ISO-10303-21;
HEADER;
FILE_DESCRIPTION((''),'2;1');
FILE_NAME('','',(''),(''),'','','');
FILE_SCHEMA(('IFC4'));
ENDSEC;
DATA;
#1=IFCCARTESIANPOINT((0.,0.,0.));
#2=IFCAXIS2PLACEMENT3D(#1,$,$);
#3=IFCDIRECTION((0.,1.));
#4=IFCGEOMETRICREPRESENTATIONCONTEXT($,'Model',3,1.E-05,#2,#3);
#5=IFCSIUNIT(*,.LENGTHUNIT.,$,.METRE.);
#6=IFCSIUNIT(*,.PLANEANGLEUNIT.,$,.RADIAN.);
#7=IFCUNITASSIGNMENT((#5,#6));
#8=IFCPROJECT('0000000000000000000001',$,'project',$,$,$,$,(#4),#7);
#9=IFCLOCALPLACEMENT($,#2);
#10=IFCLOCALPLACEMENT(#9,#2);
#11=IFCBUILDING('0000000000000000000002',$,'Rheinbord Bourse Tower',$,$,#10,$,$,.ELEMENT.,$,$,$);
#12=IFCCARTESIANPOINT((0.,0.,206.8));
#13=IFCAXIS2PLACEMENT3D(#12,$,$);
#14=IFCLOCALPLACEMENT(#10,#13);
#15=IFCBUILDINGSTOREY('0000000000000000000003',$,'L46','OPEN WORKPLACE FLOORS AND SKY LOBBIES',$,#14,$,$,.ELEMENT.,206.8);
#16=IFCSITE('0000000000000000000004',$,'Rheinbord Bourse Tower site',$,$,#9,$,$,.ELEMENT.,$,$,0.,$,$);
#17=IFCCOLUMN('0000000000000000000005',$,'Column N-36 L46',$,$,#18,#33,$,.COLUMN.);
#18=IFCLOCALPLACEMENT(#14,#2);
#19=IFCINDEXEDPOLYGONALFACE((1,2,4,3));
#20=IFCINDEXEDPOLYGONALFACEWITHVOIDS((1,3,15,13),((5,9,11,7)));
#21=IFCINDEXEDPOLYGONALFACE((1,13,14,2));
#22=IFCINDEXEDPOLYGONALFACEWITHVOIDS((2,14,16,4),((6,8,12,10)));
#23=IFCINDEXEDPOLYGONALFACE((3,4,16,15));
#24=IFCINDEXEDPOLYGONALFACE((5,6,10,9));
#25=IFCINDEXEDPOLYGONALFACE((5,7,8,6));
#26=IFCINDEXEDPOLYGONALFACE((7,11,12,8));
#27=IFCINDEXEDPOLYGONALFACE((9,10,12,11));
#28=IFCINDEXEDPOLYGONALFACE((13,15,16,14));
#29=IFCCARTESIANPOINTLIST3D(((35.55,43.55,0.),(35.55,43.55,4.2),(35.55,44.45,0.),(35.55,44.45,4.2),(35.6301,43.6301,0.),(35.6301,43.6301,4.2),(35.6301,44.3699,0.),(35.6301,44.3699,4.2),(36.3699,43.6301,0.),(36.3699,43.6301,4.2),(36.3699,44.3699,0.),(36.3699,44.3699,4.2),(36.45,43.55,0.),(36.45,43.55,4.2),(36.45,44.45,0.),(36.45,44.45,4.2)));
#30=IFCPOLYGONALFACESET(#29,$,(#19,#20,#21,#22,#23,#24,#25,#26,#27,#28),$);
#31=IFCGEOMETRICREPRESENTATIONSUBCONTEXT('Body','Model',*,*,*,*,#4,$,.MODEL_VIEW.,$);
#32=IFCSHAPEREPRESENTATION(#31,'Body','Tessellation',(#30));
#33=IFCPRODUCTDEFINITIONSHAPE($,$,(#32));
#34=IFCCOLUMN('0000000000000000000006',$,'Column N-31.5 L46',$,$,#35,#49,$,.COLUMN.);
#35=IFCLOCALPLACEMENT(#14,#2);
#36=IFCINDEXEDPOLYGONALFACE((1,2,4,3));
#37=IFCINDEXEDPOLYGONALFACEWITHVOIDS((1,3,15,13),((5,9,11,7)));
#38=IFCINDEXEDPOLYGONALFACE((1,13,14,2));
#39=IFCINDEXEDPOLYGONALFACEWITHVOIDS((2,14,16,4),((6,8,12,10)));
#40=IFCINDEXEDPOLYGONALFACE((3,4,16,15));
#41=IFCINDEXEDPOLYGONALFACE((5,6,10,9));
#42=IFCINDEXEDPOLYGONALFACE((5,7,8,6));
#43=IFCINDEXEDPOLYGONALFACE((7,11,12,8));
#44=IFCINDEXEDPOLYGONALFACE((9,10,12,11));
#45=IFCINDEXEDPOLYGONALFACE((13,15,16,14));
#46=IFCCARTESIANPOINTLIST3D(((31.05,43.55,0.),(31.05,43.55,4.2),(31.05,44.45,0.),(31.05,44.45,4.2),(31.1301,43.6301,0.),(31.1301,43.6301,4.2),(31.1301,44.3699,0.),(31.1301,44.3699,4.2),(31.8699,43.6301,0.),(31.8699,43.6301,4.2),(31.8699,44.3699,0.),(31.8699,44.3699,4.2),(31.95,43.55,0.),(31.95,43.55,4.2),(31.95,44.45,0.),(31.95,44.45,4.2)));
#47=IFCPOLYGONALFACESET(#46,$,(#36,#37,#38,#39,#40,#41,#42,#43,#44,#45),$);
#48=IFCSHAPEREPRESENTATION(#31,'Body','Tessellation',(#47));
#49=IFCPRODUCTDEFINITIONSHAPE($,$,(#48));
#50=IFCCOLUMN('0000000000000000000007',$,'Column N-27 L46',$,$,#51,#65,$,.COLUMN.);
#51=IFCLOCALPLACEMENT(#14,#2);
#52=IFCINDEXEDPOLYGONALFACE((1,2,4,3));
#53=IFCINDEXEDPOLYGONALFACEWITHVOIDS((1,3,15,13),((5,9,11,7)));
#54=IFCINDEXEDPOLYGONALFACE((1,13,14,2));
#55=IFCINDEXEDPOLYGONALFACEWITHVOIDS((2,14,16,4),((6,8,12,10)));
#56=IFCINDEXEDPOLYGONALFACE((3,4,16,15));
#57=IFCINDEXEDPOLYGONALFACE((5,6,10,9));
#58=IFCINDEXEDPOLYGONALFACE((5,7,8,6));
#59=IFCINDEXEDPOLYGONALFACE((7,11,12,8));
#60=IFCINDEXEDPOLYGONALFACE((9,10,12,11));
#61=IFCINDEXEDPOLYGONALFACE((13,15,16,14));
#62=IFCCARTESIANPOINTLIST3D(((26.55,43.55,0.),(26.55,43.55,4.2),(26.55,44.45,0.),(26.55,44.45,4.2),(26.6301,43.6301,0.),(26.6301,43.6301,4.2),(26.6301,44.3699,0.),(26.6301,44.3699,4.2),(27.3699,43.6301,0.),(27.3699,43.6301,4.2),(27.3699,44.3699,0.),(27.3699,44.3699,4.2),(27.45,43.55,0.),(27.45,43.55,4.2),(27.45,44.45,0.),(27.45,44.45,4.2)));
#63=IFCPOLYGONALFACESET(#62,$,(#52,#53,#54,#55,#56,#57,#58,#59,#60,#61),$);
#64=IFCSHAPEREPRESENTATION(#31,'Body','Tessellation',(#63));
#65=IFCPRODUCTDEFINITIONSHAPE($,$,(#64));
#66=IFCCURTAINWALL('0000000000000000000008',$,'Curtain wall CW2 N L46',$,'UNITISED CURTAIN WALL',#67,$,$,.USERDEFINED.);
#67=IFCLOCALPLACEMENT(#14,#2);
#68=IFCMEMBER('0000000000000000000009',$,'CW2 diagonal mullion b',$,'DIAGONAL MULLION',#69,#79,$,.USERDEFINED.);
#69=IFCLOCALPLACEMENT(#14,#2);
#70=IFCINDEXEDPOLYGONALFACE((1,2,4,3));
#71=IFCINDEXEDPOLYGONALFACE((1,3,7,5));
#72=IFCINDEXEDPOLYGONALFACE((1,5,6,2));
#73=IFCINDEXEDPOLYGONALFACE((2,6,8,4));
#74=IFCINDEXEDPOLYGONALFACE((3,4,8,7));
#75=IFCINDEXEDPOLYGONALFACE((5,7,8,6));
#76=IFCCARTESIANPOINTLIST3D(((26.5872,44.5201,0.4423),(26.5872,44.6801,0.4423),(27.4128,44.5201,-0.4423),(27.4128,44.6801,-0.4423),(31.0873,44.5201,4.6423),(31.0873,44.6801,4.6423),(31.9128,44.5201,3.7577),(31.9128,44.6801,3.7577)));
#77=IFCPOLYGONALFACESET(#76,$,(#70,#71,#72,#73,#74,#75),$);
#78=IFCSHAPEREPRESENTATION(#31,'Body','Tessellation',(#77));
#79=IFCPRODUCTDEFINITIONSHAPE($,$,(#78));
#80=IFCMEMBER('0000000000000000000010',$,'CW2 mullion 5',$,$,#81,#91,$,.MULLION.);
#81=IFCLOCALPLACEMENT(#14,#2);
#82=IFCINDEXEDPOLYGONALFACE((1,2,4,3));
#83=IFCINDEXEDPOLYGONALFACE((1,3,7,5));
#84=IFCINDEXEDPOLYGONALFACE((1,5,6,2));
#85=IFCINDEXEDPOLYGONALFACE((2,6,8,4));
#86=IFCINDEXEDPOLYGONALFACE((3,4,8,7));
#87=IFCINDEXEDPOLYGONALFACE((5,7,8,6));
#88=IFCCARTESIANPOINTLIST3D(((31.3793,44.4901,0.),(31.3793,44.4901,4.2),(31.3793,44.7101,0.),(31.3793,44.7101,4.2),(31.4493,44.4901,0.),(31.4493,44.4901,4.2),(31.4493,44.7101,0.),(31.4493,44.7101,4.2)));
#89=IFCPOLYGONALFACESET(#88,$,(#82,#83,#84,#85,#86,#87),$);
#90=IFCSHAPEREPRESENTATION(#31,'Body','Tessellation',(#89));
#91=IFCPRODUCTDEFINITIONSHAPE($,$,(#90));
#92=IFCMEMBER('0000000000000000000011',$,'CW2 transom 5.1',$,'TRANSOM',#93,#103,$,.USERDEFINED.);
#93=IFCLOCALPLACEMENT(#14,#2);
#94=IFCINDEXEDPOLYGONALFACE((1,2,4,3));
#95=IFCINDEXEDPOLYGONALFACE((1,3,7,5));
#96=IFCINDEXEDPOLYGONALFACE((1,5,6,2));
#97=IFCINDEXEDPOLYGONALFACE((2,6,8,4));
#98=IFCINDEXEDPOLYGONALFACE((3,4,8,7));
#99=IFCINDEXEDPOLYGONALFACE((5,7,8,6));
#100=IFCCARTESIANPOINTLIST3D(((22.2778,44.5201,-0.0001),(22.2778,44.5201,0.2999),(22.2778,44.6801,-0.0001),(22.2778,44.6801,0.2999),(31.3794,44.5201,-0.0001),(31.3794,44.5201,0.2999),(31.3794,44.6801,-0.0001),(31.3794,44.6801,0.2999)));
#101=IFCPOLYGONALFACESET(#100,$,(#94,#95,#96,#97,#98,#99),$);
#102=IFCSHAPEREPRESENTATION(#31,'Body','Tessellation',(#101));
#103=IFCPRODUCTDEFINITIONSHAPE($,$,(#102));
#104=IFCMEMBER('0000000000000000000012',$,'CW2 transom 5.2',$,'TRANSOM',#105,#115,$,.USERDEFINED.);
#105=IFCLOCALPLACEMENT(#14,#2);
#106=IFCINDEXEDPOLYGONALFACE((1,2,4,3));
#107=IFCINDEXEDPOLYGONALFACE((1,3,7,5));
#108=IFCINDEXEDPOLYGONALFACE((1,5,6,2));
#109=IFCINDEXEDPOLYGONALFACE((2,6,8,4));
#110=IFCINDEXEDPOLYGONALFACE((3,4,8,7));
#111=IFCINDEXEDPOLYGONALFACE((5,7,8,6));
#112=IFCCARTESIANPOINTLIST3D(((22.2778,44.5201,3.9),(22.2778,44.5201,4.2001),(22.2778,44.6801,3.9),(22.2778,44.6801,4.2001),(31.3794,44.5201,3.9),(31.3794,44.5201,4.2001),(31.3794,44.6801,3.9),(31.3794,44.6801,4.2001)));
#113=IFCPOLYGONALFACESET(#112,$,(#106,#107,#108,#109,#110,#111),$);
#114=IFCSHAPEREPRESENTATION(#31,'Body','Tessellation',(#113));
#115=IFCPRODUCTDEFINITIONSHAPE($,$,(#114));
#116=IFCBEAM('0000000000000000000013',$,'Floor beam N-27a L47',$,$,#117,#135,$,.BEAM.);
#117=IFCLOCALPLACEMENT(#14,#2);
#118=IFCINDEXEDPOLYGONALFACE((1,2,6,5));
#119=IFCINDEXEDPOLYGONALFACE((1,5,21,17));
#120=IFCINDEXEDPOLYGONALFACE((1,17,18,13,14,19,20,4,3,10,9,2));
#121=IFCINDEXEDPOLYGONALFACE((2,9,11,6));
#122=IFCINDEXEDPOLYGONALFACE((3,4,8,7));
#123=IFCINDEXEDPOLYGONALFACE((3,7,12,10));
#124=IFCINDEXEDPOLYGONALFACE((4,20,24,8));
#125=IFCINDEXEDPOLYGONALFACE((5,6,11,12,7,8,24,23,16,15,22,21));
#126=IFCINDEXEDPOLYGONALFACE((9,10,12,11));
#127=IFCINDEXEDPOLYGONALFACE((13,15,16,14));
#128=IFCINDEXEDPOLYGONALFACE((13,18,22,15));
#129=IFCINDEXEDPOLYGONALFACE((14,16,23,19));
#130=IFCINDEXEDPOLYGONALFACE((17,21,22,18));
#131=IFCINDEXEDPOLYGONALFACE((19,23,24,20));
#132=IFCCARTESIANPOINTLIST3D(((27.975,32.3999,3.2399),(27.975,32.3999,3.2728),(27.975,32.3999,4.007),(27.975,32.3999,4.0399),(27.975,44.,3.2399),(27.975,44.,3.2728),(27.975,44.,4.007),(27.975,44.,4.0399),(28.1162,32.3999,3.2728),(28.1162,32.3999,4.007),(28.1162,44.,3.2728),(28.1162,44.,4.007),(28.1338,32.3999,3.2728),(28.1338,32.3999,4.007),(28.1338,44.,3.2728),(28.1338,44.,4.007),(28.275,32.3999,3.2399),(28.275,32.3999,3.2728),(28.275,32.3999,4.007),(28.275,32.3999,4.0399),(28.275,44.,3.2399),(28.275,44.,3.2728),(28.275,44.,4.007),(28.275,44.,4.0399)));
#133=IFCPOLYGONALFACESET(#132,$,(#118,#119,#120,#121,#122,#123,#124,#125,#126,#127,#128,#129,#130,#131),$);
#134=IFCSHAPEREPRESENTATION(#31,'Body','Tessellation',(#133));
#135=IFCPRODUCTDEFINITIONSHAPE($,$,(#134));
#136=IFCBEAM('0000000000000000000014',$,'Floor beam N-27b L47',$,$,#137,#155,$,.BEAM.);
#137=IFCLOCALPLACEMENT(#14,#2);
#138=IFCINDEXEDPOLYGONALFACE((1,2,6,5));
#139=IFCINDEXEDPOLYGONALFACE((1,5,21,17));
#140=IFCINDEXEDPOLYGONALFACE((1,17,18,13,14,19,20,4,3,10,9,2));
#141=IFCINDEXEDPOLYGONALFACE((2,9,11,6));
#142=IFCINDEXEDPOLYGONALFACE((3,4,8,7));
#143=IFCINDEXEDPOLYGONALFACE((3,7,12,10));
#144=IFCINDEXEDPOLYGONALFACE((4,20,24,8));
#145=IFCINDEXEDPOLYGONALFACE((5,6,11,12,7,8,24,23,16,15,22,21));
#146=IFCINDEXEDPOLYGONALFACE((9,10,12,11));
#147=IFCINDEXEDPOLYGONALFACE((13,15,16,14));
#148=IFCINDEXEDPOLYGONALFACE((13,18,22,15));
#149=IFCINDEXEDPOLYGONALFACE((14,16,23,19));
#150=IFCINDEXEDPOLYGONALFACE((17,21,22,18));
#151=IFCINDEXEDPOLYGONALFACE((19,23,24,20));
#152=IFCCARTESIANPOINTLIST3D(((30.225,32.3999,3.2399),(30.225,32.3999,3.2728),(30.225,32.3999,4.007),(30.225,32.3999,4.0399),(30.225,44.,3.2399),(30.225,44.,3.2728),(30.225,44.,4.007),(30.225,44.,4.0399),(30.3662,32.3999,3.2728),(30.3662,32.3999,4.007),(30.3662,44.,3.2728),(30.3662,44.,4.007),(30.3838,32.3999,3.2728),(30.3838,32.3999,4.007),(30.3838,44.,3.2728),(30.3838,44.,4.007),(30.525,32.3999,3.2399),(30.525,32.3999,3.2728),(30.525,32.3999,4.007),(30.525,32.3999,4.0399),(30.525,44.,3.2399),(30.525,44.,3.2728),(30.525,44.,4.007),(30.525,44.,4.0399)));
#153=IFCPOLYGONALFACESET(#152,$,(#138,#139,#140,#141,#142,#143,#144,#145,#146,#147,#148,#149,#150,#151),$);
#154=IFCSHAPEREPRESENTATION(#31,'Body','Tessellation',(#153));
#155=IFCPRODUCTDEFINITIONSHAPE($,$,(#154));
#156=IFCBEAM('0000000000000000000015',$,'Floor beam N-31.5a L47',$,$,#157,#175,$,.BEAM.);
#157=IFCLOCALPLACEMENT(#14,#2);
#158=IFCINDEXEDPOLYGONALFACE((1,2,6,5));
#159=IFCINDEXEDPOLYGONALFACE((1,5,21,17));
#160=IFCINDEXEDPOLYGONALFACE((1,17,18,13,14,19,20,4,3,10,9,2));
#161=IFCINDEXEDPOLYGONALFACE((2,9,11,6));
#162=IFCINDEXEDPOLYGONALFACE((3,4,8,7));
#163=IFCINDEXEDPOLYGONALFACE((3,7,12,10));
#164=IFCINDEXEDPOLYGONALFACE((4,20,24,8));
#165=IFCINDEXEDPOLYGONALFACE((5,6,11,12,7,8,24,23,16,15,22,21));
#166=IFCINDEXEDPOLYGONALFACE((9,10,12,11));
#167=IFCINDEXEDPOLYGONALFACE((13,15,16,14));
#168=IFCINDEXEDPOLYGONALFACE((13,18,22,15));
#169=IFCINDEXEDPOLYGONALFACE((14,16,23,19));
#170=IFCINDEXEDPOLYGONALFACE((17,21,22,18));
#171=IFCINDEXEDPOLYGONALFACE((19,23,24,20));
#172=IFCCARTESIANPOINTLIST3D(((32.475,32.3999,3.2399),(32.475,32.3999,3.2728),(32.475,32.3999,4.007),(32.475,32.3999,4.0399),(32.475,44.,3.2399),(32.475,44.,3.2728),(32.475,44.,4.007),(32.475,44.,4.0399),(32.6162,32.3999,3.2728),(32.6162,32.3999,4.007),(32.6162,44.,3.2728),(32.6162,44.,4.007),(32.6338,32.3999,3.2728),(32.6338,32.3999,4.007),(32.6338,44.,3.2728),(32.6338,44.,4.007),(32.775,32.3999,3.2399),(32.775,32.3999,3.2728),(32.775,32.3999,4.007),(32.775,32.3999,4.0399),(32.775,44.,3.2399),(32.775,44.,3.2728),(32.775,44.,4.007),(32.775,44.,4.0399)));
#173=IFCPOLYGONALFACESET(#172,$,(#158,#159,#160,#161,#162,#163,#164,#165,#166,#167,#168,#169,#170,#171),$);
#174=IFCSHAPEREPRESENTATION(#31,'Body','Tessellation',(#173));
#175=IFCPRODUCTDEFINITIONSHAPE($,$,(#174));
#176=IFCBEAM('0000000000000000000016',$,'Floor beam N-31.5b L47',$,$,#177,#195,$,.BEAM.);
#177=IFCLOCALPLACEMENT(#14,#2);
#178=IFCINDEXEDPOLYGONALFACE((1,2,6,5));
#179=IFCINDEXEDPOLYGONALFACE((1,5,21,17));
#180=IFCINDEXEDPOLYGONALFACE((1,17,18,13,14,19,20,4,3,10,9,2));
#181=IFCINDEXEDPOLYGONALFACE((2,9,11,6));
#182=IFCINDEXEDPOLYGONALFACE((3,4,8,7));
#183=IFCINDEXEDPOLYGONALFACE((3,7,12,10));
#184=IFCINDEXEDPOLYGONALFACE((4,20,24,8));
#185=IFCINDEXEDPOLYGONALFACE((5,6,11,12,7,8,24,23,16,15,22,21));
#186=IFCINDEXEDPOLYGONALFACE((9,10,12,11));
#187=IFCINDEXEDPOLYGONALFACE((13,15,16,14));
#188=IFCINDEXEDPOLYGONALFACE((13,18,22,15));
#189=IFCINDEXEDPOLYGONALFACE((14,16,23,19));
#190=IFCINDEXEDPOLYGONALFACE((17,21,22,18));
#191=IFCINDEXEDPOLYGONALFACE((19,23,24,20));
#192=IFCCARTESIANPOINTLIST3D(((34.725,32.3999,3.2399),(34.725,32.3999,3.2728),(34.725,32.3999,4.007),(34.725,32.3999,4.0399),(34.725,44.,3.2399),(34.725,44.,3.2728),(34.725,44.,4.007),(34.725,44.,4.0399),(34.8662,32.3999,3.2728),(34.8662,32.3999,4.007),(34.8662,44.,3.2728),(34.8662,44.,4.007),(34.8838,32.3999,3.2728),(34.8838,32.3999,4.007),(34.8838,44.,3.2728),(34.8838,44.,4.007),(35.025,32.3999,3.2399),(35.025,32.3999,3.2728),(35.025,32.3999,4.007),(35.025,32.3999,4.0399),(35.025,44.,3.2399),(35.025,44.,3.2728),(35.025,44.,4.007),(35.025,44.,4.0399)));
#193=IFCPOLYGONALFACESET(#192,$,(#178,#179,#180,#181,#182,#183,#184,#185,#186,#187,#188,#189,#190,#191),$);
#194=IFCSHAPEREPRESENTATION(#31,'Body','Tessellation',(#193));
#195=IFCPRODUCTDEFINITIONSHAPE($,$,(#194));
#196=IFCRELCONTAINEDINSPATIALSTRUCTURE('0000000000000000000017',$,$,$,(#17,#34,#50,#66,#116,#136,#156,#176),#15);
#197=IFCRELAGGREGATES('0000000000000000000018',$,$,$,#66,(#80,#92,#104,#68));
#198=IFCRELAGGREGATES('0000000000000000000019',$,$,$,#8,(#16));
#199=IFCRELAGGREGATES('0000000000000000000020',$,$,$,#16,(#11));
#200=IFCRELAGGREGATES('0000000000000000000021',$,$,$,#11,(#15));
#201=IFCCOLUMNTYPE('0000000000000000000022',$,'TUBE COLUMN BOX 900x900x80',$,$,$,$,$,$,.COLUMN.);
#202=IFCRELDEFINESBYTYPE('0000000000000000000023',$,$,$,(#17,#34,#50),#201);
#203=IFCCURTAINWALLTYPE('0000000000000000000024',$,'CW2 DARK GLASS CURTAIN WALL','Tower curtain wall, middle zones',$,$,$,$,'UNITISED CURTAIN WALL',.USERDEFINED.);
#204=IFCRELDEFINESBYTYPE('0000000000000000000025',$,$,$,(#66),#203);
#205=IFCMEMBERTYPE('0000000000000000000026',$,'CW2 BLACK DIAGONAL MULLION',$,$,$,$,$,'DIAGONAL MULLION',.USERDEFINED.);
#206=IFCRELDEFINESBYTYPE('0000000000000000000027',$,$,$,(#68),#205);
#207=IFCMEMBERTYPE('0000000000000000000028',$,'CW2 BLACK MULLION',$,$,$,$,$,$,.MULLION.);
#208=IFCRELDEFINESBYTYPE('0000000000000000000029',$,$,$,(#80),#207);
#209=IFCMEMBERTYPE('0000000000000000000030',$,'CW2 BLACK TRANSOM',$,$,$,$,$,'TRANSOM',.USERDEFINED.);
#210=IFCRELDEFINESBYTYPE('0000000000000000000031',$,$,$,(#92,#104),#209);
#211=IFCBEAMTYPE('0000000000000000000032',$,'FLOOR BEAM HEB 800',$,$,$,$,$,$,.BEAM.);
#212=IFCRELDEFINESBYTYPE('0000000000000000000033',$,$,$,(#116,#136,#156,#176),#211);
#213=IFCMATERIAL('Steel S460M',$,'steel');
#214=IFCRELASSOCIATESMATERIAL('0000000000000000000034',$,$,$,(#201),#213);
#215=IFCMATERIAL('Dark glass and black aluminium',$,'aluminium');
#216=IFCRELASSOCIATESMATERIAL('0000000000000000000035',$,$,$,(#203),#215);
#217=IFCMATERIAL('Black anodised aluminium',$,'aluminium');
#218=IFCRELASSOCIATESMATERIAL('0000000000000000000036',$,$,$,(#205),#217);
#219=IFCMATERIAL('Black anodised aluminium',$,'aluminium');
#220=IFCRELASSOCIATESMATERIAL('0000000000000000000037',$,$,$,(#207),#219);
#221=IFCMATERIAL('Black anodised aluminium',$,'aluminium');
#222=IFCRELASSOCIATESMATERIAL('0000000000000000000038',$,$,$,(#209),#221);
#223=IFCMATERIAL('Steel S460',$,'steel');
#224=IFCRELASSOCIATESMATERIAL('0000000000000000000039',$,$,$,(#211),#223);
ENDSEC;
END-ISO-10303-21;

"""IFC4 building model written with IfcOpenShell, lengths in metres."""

from ifc_helpers import new_model, si_unit, direction, frame, origin, origin_2d, place, context, subcontext, project, spatial, rectangle, hollow_rectangle, i_section, extrude, material, material_profile, profile_set, type_object, element, aggregate, save


model = new_model("IFC4")

# Units and contexts
model_context = context("Model", 3, precision=1e-05, world=origin(), true_north=direction((0.0, 1.0)))
body_context = subcontext(model_context, "Body", "Model", "MODEL_VIEW")
ifc_project = project(units=[si_unit("LENGTHUNIT", "METRE"), si_unit("PLANEANGLEUNIT", "RADIAN")], contexts=[model_context])

# Site, building, storey
site_placement = place(None, origin())
site = spatial("IfcSite", under=ifc_project, at=site_placement, Name="Rheinbord Bourse Tower site", CompositionType="ELEMENT", RefElevation=0.0)
building_placement = place(site_placement, origin())
building = spatial("IfcBuilding", under=site, at=building_placement, Name="Rheinbord Bourse Tower", CompositionType="ELEMENT")
storey_placement = place(building_placement, frame((0.0, 0.0, 206.8)))
storey = spatial("IfcBuildingStorey", under=building, at=storey_placement, Name="L46", Description="OPEN WORKPLACE FLOORS AND SKY LOBBIES", CompositionType="ELEMENT", Elevation=206.8)

# Columns
ifc_material_1 = material(Name="Steel S460M", Category="steel")
ifc_material_profile_1 = material_profile(ifc_material_1, hollow_rectangle(XDim=0.8999, YDim=0.8999, WallThickness=0.0801, at=origin_2d()), Name="BOX 900x900x80")
ifc_profile_set_1 = profile_set([ifc_material_profile_1], Name="Steel S460M")
column_type = type_object("IfcColumnType", Name="TUBE COLUMN BOX 900x900x80", PredefinedType="COLUMN", material=ifc_profile_set_1)
for number, where, z_axis, x_axis, name in (
    (1, (36.0, 44.0, 0.0), (0.0, 0.0, 1.0), (0.0, 1.0, 0.0), "Column N-36 L46"),
    (2, (31.5, 44.0, 0.0), (0.0, 0.0, 1.0), (0.0, 1.0, 0.0), "Column N-31.5 L46"),
    (3, (27.0, 44.0, 0.0), (0.0, 0.0, 1.0), (0.0, 1.0, 0.0), "Column N-27 L46"),
):
    element("IfcColumn", number, at=place(storey_placement, frame(where, z_axis=z_axis, x_axis=x_axis)), inside=storey, type_object=column_type, Name=name, PredefinedType="COLUMN", context=body_context, shape_type="SweptSolid", body=[
        extrude(hollow_rectangle(XDim=0.8999, YDim=0.8999, WallThickness=0.0801, at=origin_2d()), origin(), (0.0, 0.0, 1.0), 4.2),
    ])

# Curtain wall, members
ifc_material_2 = material(Name="Dark glass and black aluminium", Category="aluminium")
curtain_wall_type = type_object("IfcCurtainWallType", Name="CW2 DARK GLASS CURTAIN WALL", Description="Tower curtain wall, middle zones", ElementType="UNITISED CURTAIN WALL", PredefinedType="USERDEFINED", material=ifc_material_2)
curtain_wall_placement = place(storey_placement, origin())
curtain_wall = element("IfcCurtainWall", 4, at=curtain_wall_placement, inside=storey, type_object=curtain_wall_type, Name="Curtain wall CW2 N L46", ObjectType="UNITISED CURTAIN WALL", PredefinedType="USERDEFINED")
ifc_material_3 = material(Name="Black anodised aluminium", Category="aluminium")
ifc_material_profile_2 = material_profile(ifc_material_3, rectangle(XDim=0.1599, YDim=1.21, at=origin_2d()), Name="CW2 DIAGONAL MULLION 1210x160")
ifc_profile_set_2 = profile_set([ifc_material_profile_2], Name="Black anodised aluminium")
member_type_1 = type_object("IfcMemberType", Name="CW2 BLACK DIAGONAL MULLION", ElementType="DIAGONAL MULLION", PredefinedType="USERDEFINED", material=ifc_profile_set_2)
member_1_placement = place(storey_placement, frame((27.0, 44.6001, 0.0), z_axis=(0.731059, 0.0, 0.682314), x_axis=(0.0, 1.0, 0.0)))
member_1 = element("IfcMember", 5, at=member_1_placement, type_object=member_type_1, Name="CW2 diagonal mullion b", ObjectType="DIAGONAL MULLION", PredefinedType="USERDEFINED", context=body_context, shape_type="SweptSolid", body=[
    extrude(rectangle(XDim=0.1599, YDim=1.21, at=origin_2d()), origin(), (0.0, 0.0, 1.0), 6.1555),
])
ifc_material_4 = material(Name="Black anodised aluminium", Category="aluminium")
ifc_material_profile_3 = material_profile(ifc_material_4, rectangle(XDim=0.22, YDim=0.0701, at=origin_2d()), Name="CW2 MULLION 70x220")
ifc_profile_set_3 = profile_set([ifc_material_profile_3], Name="Black anodised aluminium")
member_type_2 = type_object("IfcMemberType", Name="CW2 BLACK MULLION", PredefinedType="MULLION", material=ifc_profile_set_3)
member_2_placement = place(storey_placement, frame((31.4143, 44.6001, 0.0), z_axis=(0.0, 0.0, 1.0), x_axis=(0.0, -1.0, 0.0)))
member_2 = element("IfcMember", 6, at=member_2_placement, type_object=member_type_2, Name="CW2 mullion 5", PredefinedType="MULLION", context=body_context, shape_type="SweptSolid", body=[
    extrude(rectangle(XDim=0.22, YDim=0.0701, at=origin_2d()), origin(), (0.0, 0.0, 1.0), 4.2),
])
ifc_material_5 = material(Name="Black anodised aluminium", Category="aluminium")
ifc_material_profile_4 = material_profile(ifc_material_5, rectangle(XDim=0.1599, YDim=0.3, at=origin_2d()), Name="CW2 TRANSOM 300x160")
ifc_profile_set_4 = profile_set([ifc_material_profile_4], Name="Black anodised aluminium")
member_type_3 = type_object("IfcMemberType", Name="CW2 BLACK TRANSOM", ElementType="TRANSOM", PredefinedType="USERDEFINED", material=ifc_profile_set_4)
member_3_placement = place(storey_placement, frame((31.3794, 44.6001, 0.1499), z_axis=(-1.0, 0.0, 0.0), x_axis=(0.0, -1.0, 0.0)))
member_3 = element("IfcMember", 7, at=member_3_placement, type_object=member_type_3, Name="CW2 transom 5.1", ObjectType="TRANSOM", PredefinedType="USERDEFINED", context=body_context, shape_type="SweptSolid", body=[
    extrude(rectangle(XDim=0.1599, YDim=0.3, at=origin_2d()), origin(), (0.0, 0.0, 1.0), 9.1016),
])
member_4_placement = place(storey_placement, frame((31.3794, 44.6001, 4.05), z_axis=(-1.0, 0.0, 0.0), x_axis=(0.0, -1.0, 0.0)))
member_4 = element("IfcMember", 8, at=member_4_placement, type_object=member_type_3, Name="CW2 transom 5.2", ObjectType="TRANSOM", PredefinedType="USERDEFINED", context=body_context, shape_type="SweptSolid", body=[
    extrude(rectangle(XDim=0.1599, YDim=0.3, at=origin_2d()), origin(), (0.0, 0.0, 1.0), 9.1016),
])

# Beams
ifc_material_6 = material(Name="Steel S460", Category="steel")
ifc_material_profile_5 = material_profile(ifc_material_6, i_section(OverallWidth=0.3, OverallDepth=0.8, WebThickness=0.0176, FlangeThickness=0.033, at=origin_2d()), Name="HEB 800")
ifc_profile_set_5 = profile_set([ifc_material_profile_5], Name="Steel S460")
beam_type_1 = type_object("IfcBeamType", Name="FLOOR BEAM HEB 800", PredefinedType="BEAM", material=ifc_profile_set_5)
for number, where, z_axis, x_axis, name in (
    (9, (28.125, 44.0, 3.6399), (0.0, -1.0, 0.0), (1.0, 0.0, 0.0), "Floor beam N-27a L47"),
    (10, (30.375, 44.0, 3.6399), (0.0, -1.0, 0.0), (1.0, 0.0, 0.0), "Floor beam N-27b L47"),
    (11, (32.625, 44.0, 3.6399), (0.0, -1.0, 0.0), (1.0, 0.0, 0.0), "Floor beam N-31.5a L47"),
    (12, (34.875, 44.0, 3.6399), (0.0, -1.0, 0.0), (1.0, 0.0, 0.0), "Floor beam N-31.5b L47"),
):
    element("IfcBeam", number, at=place(storey_placement, frame(where, z_axis=z_axis, x_axis=x_axis)), inside=storey, type_object=beam_type_1, Name=name, PredefinedType="BEAM", context=body_context, shape_type="SweptSolid", body=[
        extrude(i_section(OverallWidth=0.3, OverallDepth=0.8, WebThickness=0.0176, FlangeThickness=0.033, at=origin_2d()), origin(), (0.0, 0.0, 1.0), 11.6001),
    ])

aggregate(curtain_wall, [member_2, member_3, member_4, member_1])

save(model, "model.ifc")
